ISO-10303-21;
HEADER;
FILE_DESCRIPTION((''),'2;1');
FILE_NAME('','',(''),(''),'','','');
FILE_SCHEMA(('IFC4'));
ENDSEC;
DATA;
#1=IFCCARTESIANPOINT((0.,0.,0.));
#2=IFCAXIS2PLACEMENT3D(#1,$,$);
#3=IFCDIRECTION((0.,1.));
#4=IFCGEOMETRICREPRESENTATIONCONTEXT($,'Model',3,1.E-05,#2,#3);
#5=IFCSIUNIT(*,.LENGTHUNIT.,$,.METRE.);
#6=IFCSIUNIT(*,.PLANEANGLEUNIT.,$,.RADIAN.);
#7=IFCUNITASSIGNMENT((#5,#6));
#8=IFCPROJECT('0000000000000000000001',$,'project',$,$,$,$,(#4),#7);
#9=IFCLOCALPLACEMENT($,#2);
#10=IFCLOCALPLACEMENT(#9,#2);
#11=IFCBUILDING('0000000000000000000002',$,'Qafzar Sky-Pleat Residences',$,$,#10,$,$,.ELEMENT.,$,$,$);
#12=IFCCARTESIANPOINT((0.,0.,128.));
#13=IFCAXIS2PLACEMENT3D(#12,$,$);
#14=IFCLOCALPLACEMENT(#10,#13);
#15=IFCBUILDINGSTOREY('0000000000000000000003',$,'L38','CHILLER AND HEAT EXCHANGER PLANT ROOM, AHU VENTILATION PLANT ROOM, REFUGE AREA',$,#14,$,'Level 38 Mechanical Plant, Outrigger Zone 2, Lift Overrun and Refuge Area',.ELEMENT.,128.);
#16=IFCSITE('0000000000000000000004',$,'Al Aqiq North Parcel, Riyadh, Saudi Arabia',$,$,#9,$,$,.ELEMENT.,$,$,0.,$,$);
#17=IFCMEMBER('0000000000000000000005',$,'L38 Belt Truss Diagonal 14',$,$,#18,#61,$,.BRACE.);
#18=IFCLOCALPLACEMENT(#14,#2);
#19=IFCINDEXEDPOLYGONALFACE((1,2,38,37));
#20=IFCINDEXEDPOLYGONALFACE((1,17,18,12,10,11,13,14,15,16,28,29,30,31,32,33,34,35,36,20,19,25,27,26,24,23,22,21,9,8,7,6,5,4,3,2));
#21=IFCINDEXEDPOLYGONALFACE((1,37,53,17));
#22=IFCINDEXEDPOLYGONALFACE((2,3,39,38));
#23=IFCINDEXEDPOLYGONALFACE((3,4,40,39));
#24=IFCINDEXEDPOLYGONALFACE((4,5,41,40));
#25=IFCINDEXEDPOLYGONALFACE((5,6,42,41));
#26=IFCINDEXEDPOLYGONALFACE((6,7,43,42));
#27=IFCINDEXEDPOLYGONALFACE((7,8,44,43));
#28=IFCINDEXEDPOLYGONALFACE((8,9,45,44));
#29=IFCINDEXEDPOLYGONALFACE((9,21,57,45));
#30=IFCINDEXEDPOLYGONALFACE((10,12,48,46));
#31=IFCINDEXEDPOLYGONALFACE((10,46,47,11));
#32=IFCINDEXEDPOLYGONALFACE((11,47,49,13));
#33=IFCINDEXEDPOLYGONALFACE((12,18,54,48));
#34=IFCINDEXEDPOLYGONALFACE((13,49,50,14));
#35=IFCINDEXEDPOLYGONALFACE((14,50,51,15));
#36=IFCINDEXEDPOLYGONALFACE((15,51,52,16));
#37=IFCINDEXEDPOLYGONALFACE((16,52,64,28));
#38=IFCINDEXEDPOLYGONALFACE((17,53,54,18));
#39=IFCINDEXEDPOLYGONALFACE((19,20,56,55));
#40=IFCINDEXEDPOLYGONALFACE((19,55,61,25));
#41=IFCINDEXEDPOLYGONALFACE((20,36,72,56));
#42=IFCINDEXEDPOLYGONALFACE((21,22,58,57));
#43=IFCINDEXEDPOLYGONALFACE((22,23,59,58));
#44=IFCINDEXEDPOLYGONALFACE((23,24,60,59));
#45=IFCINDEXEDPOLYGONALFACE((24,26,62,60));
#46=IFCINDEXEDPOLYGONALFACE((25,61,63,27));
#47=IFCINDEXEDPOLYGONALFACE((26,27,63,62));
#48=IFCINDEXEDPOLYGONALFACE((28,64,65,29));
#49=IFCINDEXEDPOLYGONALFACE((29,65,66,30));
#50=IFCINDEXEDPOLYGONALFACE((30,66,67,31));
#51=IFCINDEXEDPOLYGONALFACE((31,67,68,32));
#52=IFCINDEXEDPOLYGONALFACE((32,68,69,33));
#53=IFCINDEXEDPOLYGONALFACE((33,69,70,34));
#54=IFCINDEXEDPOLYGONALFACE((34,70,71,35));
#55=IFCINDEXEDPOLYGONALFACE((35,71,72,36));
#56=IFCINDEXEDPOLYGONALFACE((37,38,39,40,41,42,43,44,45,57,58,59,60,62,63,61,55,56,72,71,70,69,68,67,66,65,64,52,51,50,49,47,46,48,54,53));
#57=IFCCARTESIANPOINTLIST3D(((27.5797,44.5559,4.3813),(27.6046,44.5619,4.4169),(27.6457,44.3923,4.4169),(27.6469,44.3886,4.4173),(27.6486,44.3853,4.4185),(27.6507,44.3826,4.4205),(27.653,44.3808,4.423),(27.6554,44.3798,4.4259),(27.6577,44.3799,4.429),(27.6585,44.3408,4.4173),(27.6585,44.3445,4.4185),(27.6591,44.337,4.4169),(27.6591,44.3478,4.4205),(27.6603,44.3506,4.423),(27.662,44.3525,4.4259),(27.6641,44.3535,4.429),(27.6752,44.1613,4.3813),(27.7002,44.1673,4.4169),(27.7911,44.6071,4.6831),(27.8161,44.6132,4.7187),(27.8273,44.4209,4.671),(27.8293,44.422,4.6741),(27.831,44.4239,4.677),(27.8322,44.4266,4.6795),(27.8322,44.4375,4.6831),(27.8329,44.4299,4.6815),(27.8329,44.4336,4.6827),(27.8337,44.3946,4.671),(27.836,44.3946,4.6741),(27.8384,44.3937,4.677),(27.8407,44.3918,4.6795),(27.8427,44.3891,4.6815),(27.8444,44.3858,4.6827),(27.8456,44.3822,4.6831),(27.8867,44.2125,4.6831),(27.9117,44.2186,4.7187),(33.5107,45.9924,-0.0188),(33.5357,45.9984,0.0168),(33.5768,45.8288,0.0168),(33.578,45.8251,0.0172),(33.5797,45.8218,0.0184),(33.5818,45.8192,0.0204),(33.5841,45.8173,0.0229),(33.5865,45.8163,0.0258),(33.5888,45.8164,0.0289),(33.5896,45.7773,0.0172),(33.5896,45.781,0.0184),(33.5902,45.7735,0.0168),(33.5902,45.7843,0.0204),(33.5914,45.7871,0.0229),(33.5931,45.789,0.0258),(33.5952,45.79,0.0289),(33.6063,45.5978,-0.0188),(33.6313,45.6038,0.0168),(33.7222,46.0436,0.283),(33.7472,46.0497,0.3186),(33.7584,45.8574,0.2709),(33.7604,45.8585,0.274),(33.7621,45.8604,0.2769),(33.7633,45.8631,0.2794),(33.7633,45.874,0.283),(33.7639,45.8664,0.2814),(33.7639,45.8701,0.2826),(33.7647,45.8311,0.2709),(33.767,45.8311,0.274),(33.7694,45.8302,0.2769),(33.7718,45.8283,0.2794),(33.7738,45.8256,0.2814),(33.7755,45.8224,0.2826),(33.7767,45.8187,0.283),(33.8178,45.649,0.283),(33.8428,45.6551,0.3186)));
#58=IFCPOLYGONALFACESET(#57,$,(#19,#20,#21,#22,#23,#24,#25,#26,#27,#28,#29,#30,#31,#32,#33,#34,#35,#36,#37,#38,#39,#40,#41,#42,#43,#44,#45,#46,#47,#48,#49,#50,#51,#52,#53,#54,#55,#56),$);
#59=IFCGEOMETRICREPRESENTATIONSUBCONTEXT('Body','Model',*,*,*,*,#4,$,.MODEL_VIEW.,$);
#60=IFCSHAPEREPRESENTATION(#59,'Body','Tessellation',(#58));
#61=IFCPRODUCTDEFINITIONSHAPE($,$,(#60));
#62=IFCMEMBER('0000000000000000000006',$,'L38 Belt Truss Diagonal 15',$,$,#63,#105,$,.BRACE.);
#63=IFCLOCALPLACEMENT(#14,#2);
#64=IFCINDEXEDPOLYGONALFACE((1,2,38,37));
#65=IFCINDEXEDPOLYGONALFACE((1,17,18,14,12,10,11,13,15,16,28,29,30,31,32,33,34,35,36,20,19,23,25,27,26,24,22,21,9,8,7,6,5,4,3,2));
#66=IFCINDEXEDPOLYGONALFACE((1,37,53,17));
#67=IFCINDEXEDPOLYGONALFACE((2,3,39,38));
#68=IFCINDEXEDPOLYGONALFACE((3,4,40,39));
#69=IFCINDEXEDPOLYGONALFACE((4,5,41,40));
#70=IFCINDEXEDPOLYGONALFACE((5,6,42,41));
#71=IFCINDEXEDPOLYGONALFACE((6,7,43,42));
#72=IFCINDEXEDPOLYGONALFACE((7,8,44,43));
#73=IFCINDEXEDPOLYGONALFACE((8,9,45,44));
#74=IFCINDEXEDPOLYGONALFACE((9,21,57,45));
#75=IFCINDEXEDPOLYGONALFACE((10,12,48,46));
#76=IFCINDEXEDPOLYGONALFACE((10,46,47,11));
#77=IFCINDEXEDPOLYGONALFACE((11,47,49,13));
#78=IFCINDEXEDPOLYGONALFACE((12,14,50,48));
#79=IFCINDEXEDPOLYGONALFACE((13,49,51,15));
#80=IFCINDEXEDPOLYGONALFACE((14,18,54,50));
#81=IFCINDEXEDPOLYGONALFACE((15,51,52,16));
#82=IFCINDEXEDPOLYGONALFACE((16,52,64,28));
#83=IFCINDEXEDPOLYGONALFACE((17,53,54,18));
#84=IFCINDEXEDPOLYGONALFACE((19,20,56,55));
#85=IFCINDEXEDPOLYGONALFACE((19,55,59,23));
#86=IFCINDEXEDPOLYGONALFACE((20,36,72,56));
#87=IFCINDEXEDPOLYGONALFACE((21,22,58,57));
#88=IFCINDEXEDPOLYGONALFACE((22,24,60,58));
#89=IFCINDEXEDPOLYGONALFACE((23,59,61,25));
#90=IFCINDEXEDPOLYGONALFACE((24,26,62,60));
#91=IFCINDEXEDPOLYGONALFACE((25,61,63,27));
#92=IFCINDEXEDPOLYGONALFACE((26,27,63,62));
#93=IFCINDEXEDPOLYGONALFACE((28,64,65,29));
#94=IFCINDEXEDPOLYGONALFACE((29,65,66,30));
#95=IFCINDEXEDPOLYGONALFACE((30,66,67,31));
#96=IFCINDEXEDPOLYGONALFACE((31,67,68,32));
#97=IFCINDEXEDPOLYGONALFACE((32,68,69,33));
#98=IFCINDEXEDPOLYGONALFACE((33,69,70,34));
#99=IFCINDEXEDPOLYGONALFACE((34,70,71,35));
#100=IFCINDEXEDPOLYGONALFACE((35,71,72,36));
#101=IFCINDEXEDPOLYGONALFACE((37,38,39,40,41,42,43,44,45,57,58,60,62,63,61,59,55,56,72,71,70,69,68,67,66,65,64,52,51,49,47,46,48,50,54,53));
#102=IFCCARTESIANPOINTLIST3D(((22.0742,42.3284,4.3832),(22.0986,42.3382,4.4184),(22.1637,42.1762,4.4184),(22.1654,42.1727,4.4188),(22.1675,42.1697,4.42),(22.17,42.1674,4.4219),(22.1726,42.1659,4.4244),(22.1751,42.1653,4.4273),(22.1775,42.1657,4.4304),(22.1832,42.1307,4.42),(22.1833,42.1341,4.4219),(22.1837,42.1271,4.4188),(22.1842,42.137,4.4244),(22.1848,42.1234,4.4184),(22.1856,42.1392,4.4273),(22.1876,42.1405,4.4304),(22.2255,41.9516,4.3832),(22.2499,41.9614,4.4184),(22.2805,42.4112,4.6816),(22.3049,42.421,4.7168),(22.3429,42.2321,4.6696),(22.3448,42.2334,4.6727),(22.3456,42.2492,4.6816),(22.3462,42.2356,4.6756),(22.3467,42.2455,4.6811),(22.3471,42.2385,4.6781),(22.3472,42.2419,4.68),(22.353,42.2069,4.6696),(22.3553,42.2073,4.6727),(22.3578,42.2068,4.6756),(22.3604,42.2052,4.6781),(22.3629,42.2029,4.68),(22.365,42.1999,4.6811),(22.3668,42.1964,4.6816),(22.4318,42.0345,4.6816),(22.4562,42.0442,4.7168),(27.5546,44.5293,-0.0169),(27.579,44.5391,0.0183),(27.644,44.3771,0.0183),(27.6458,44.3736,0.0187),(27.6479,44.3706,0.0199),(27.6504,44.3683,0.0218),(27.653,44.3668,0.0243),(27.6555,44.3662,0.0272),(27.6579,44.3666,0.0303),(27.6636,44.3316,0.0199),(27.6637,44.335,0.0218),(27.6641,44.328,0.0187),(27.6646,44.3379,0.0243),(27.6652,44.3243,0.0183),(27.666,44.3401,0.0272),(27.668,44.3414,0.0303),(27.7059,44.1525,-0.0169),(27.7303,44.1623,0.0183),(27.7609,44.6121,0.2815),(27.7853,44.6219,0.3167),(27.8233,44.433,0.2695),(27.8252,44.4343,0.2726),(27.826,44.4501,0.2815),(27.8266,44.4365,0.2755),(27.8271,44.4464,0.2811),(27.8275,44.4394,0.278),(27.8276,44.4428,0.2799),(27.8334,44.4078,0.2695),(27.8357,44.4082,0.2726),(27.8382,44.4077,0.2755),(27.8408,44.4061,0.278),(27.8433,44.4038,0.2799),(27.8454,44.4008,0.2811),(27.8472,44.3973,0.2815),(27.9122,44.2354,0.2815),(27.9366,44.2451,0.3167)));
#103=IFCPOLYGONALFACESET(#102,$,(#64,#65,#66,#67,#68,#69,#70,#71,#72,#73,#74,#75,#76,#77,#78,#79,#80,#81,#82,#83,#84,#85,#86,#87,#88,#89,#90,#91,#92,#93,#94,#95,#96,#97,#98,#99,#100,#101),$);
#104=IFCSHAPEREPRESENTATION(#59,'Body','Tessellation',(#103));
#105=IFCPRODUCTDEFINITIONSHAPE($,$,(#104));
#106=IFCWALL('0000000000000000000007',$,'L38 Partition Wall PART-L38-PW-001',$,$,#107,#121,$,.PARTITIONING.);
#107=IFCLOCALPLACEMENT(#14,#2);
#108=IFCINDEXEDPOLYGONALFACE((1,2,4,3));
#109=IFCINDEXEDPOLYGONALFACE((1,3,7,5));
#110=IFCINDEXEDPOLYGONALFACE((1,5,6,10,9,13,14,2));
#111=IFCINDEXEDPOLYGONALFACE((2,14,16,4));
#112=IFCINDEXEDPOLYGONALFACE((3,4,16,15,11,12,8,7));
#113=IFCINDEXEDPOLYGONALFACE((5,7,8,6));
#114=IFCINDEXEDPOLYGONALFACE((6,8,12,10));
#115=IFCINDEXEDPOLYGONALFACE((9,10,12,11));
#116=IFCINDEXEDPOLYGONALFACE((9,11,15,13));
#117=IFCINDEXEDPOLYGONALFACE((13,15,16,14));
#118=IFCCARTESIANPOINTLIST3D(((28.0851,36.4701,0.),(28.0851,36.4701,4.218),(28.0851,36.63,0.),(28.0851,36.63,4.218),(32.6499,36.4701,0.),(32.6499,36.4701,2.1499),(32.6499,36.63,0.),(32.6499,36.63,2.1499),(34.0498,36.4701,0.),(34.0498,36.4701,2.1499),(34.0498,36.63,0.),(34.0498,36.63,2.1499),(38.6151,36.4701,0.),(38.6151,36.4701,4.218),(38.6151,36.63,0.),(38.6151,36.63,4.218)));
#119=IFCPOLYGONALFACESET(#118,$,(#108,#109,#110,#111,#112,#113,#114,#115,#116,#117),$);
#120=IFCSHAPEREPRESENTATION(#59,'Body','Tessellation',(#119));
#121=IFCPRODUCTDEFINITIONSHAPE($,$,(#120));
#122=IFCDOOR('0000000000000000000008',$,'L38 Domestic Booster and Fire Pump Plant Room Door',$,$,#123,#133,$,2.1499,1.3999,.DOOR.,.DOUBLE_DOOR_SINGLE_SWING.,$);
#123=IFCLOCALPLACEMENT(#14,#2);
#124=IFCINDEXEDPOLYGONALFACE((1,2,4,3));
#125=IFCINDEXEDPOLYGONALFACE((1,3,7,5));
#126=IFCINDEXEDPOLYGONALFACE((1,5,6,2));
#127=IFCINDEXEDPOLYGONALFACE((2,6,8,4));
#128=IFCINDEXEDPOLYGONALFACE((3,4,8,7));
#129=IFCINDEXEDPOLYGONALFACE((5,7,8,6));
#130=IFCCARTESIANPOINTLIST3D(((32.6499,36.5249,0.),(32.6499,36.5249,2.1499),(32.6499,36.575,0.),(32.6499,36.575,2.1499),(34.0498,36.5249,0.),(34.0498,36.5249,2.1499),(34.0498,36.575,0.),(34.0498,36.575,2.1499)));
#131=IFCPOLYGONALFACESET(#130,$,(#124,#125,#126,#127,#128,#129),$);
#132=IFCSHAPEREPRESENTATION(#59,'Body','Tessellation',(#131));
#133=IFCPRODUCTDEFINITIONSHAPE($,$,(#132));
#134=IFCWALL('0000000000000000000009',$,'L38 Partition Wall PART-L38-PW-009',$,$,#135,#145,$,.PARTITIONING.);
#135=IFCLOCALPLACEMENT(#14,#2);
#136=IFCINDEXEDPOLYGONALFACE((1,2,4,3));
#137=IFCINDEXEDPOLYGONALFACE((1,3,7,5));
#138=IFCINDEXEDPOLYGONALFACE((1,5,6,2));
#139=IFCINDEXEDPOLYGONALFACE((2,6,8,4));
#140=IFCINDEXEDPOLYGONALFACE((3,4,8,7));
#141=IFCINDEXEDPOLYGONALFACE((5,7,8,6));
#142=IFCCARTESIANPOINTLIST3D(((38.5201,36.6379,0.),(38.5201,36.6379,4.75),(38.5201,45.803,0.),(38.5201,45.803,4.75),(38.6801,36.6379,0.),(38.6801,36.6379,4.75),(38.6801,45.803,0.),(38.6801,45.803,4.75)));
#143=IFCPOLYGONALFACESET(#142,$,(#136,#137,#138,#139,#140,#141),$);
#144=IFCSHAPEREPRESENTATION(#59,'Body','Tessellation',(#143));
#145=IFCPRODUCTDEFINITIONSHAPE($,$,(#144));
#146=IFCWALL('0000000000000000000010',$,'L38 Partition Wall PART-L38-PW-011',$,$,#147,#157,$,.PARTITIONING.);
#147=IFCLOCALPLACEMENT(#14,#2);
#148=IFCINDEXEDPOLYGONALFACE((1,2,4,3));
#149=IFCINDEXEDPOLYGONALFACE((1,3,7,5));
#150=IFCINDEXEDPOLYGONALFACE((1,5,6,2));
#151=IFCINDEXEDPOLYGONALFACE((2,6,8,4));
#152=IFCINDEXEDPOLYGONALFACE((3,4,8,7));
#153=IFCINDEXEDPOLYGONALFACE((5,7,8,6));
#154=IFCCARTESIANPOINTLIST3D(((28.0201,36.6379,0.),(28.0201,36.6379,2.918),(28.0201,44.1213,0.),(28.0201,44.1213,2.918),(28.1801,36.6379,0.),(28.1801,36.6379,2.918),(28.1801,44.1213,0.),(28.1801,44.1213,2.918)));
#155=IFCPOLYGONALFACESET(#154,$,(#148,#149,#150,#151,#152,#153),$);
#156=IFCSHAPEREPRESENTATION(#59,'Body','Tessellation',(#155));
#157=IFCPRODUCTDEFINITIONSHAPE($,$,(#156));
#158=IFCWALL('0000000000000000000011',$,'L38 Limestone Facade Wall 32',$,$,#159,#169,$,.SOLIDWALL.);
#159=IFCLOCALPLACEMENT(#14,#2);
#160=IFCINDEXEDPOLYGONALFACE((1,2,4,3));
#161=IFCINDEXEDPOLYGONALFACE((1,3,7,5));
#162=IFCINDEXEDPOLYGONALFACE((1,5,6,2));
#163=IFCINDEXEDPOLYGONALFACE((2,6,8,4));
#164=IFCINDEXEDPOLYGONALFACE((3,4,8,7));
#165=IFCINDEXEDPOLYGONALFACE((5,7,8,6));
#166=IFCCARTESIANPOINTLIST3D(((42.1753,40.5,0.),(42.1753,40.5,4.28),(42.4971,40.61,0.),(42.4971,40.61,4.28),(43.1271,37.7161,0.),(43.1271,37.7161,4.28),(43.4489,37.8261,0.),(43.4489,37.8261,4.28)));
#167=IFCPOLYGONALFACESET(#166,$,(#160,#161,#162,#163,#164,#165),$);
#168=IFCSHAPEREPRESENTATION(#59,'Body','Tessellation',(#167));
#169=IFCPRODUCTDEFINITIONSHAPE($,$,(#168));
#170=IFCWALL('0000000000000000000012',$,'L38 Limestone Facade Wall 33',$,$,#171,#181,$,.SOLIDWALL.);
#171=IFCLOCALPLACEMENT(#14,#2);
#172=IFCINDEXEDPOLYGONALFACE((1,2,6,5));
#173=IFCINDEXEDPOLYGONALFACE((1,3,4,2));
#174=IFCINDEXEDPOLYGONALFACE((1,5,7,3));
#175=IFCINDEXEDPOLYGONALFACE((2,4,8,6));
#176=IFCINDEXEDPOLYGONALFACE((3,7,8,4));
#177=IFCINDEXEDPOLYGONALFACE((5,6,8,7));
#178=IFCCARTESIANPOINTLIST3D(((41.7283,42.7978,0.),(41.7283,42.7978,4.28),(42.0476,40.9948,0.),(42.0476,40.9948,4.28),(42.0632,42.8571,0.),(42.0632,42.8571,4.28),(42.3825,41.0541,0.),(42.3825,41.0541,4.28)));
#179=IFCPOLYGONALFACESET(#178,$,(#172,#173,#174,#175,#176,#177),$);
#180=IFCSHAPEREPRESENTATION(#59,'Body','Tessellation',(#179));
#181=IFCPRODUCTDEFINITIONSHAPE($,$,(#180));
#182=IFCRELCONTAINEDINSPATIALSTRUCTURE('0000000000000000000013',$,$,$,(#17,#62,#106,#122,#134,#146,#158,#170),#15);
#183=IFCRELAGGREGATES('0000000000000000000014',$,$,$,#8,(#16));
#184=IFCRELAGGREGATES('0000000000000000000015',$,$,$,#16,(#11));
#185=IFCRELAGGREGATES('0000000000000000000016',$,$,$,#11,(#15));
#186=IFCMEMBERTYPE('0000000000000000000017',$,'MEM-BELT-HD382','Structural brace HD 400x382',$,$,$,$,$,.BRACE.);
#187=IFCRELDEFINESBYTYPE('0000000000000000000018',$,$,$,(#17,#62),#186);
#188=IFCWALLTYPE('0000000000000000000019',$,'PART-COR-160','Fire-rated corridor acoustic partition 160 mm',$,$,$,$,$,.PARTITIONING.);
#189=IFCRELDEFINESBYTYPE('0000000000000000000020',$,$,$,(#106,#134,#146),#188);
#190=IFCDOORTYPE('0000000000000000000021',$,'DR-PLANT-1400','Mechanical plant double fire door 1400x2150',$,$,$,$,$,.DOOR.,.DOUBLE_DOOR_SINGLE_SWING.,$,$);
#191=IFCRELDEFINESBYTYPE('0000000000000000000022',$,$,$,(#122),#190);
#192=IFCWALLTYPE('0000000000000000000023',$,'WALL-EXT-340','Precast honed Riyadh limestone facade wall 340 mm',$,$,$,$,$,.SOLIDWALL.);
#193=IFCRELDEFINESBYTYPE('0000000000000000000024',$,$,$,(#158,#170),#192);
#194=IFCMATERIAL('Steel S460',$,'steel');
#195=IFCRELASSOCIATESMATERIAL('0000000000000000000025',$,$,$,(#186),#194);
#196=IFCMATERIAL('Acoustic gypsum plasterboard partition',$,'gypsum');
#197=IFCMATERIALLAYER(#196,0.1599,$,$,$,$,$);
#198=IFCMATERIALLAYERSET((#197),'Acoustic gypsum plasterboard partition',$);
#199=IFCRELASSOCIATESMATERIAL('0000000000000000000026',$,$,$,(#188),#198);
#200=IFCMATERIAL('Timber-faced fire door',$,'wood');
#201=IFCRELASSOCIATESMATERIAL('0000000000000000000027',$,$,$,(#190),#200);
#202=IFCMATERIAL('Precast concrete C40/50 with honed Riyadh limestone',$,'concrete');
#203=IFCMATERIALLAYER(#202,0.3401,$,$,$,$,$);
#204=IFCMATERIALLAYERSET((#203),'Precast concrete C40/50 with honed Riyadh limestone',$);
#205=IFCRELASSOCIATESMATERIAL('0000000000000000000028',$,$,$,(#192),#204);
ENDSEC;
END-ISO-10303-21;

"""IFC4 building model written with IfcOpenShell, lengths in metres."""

from ifc_helpers import new_model, si_unit, direction, frame, frame_2d, origin, origin_2d, place, context, subcontext, project, spatial, rectangle, i_section, extrude, source, transform, mapped, material, layer, layer_set, material_profile, profile_set, type_object, element, fill, save


model = new_model("IFC4")

# Units and contexts
model_context = context("Model", 3, precision=1e-05, world=origin(), true_north=direction((0.0, 1.0)))
body_context = subcontext(model_context, "Body", "Model", "MODEL_VIEW")
ifc_project = project(units=[si_unit("LENGTHUNIT", "METRE"), si_unit("PLANEANGLEUNIT", "RADIAN")], contexts=[model_context])

# Site, building, storey
site_placement = place(None, origin())
site = spatial("IfcSite", under=ifc_project, at=site_placement, Name="Al Aqiq North Parcel, Riyadh, Saudi Arabia", CompositionType="ELEMENT", RefElevation=0.0)
building_placement = place(site_placement, origin())
building = spatial("IfcBuilding", under=site, at=building_placement, Name="Qafzar Sky-Pleat Residences", CompositionType="ELEMENT")
storey_placement = place(building_placement, frame((0.0, 0.0, 128.0)))
storey = spatial("IfcBuildingStorey", under=building, at=storey_placement, Name="L38", Description="CHILLER AND HEAT EXCHANGER PLANT ROOM, AHU VENTILATION PLANT ROOM, REFUGE AREA", LongName="Level 38 Mechanical Plant, Outrigger Zone 2, Lift Overrun and Refuge Area", CompositionType="ELEMENT", Elevation=128.0)

# Shared definitions
ifc_material_1 = material(Name="Steel S460", Category="steel")

# Members
ifc_material_profile_1 = material_profile(ifc_material_1, i_section(OverallWidth=0.406, OverallDepth=0.416, WebThickness=0.0271, FlangeThickness=0.0439, FilletRadius=0.0149, at=origin_2d()), Name="HD 400x382")
ifc_profile_set_1 = profile_set([ifc_material_profile_1], Name="Steel S460")
member_type = type_object("IfcMemberType", Name="MEM-BELT-HD382", Description="Structural brace HD 400x382", PredefinedType="BRACE", material=ifc_profile_set_1)
shared_shape_1 = source(origin(), body_context, "Body", "SweptSolid", [
    extrude(i_section(OverallWidth=0.406, OverallDepth=0.416, WebThickness=0.0271, FlangeThickness=0.0439, FilletRadius=0.0149, at=origin_2d()), origin(), (0.0, 0.0, 1.0), 7.5234),
])
member_1_placement = place(storey_placement, frame((33.6768, 45.8237, 0.1499), z_axis=(-0.788347, -0.190938, 0.584852), x_axis=(0.235394, -0.9719, 0.0)))
element("IfcMember", 1, at=member_1_placement, inside=storey, type_object=member_type, Name="L38 Belt Truss Diagonal 14", PredefinedType="BRACE", context=body_context, shape_type="MappedRepresentation", body=[
    mapped(shared_shape_1, transform((0.0, 0.0, 0.0), x_axis=(1.0, 0.0, 0.0), y_axis=(0.0, 1.0, 0.0), z_axis=(0.0, 0.0, 1.0), scale=1.0)),
])
shared_shape_2 = source(origin(), body_context, "Body", "SweptSolid", [
    extrude(i_section(OverallWidth=0.406, OverallDepth=0.416, WebThickness=0.0271, FlangeThickness=0.0439, FilletRadius=0.0149, at=origin_2d()), origin(), (0.0, 0.0, 1.0), 7.3647),
])
member_2_placement = place(storey_placement, frame((27.7456, 44.3872, 0.1499), z_axis=(-0.744139, -0.298842, 0.597453), x_axis=(0.372666, -0.927965, 0.0)))
element("IfcMember", 2, at=member_2_placement, inside=storey, type_object=member_type, Name="L38 Belt Truss Diagonal 15", PredefinedType="BRACE", context=body_context, shape_type="MappedRepresentation", body=[
    mapped(shared_shape_2, transform((0.0, 0.0, 0.0), x_axis=(1.0, 0.0, 0.0), y_axis=(0.0, 1.0, 0.0), z_axis=(0.0, 0.0, 1.0), scale=1.0)),
])

# Wall, opening, door
ifc_material_2 = material(Name="Acoustic gypsum plasterboard partition", Category="gypsum")
ifc_layer_1 = layer(ifc_material_2, 0.1599)
ifc_layer_set_1 = layer_set([ifc_layer_1], Name="Acoustic gypsum plasterboard partition")
wall_type_1 = type_object("IfcWallType", Name="PART-COR-160", Description="Fire-rated corridor acoustic partition 160 mm", PredefinedType="PARTITIONING", material=ifc_layer_set_1)
wall_1_placement = place(storey_placement, frame((28.085, 36.55, 0.0), z_axis=(0.0, 0.0, 1.0), x_axis=(1.0, 0.0, 0.0)))
wall_1 = element("IfcWall", 3, at=wall_1_placement, inside=storey, type_object=wall_type_1, Name="L38 Partition Wall PART-L38-PW-001", PredefinedType="PARTITIONING", context=body_context, shape_type="SweptSolid", body=[
    extrude(rectangle(XDim=10.53, YDim=0.1599, at=frame_2d((5.2651, 0.0))), origin(), (0.0, 0.0, 1.0), 4.218),
])
opening_placement = place(wall_1_placement, frame((4.5649, 0.0, 0.0)))
opening = element("IfcOpeningElement", 4, at=opening_placement, cuts=wall_1, PredefinedType="OPENING", context=body_context, shape_type="SweptSolid", body=[
    extrude(rectangle(XDim=1.3999, YDim=2.1499, at=frame_2d((0.7, 1.075))), frame((0.0, 0.0898, 0.0), z_axis=(0.0, -1.0, 0.0), x_axis=(1.0, 0.0, 0.0)), (0.0, 0.0, 1.0), 0.1799),
])
ifc_material_3 = material(Name="Timber-faced fire door", Category="wood")
door_type = type_object("IfcDoorType", Name="DR-PLANT-1400", Description="Mechanical plant double fire door 1400x2150", OperationType="DOUBLE_DOOR_SINGLE_SWING", PredefinedType="DOOR", material=ifc_material_3)
shared_shape_3 = source(origin(), body_context, "Body", "SweptSolid", [
    extrude(rectangle(XDim=1.3999, YDim=2.1499, at=frame_2d((0.7, 1.075))), frame((0.0, 0.0249, 0.0), z_axis=(0.0, -1.0, 0.0), x_axis=(1.0, 0.0, 0.0)), (0.0, 0.0, 1.0), 0.05),
])
door_placement = place(opening_placement, origin())
door = element("IfcDoor", 5, at=door_placement, inside=storey, type_object=door_type, Name="L38 Domestic Booster and Fire Pump Plant Room Door", OperationType="DOUBLE_DOOR_SINGLE_SWING", OverallHeight=2.1499, OverallWidth=1.3999, PredefinedType="DOOR", context=body_context, shape_type="MappedRepresentation", body=[
    mapped(shared_shape_3, transform((0.0, 0.0, 0.0), x_axis=(1.0, 0.0, 0.0), y_axis=(0.0, 1.0, 0.0), z_axis=(0.0, 0.0, 1.0), scale=1.0)),
])
fill(opening, door)

# Walls
wall_2_placement = place(storey_placement, frame((38.6001, 36.6379, 0.0), z_axis=(0.0, 0.0, 1.0), x_axis=(0.0, 1.0, 0.0)))
element("IfcWall", 6, at=wall_2_placement, inside=storey, type_object=wall_type_1, Name="L38 Partition Wall PART-L38-PW-009", PredefinedType="PARTITIONING", context=body_context, shape_type="SweptSolid", body=[
    extrude(rectangle(XDim=9.165, YDim=0.1599, at=frame_2d((4.5825, 0.0))), origin(), (0.0, 0.0, 1.0), 4.75),
])
wall_3_placement = place(storey_placement, frame((28.1001, 36.6379, 0.0), z_axis=(0.0, 0.0, 1.0), x_axis=(0.0, 1.0, 0.0)))
element("IfcWall", 7, at=wall_3_placement, inside=storey, type_object=wall_type_1, Name="L38 Partition Wall PART-L38-PW-011", PredefinedType="PARTITIONING", context=body_context, shape_type="SweptSolid", body=[
    extrude(rectangle(XDim=7.4834, YDim=0.1599, at=frame_2d((3.7417, 0.0))), origin(), (0.0, 0.0, 1.0), 2.918),
])
ifc_material_4 = material(Name="Precast concrete C40/50 with honed Riyadh limestone", Category="concrete")
ifc_layer_2 = layer(ifc_material_4, 0.3401)
ifc_layer_set_2 = layer_set([ifc_layer_2], Name="Precast concrete C40/50 with honed Riyadh limestone")
wall_type_2 = type_object("IfcWallType", Name="WALL-EXT-340", Description="Precast honed Riyadh limestone facade wall 340 mm", PredefinedType="SOLIDWALL", material=ifc_layer_set_2)
wall_4_placement = place(storey_placement, frame((43.2881, 37.771, 0.0), z_axis=(0.0, 0.0, 1.0), x_axis=(-0.323537, 0.946215, 0.0)))
element("IfcWall", 8, at=wall_4_placement, inside=storey, type_object=wall_type_2, Name="L38 Limestone Facade Wall 32", PredefinedType="SOLIDWALL", context=body_context, shape_type="SweptSolid", body=[
    extrude(rectangle(XDim=2.9421, YDim=0.3401, at=frame_2d((1.4712, 0.0))), origin(), (0.0, 0.0, 1.0), 4.28),
])
wall_5_placement = place(storey_placement, frame((42.2151, 41.0244, 0.0), z_axis=(0.0, 0.0, 1.0), x_axis=(-0.174401, 0.984675, 0.0)))
element("IfcWall", 9, at=wall_5_placement, inside=storey, type_object=wall_type_2, Name="L38 Limestone Facade Wall 33", PredefinedType="SOLIDWALL", context=body_context, shape_type="SweptSolid", body=[
    extrude(rectangle(XDim=1.8311, YDim=0.3401, at=frame_2d((0.9155, 0.0))), origin(), (0.0, 0.0, 1.0), 4.28),
])

save(model, "model.ifc")
